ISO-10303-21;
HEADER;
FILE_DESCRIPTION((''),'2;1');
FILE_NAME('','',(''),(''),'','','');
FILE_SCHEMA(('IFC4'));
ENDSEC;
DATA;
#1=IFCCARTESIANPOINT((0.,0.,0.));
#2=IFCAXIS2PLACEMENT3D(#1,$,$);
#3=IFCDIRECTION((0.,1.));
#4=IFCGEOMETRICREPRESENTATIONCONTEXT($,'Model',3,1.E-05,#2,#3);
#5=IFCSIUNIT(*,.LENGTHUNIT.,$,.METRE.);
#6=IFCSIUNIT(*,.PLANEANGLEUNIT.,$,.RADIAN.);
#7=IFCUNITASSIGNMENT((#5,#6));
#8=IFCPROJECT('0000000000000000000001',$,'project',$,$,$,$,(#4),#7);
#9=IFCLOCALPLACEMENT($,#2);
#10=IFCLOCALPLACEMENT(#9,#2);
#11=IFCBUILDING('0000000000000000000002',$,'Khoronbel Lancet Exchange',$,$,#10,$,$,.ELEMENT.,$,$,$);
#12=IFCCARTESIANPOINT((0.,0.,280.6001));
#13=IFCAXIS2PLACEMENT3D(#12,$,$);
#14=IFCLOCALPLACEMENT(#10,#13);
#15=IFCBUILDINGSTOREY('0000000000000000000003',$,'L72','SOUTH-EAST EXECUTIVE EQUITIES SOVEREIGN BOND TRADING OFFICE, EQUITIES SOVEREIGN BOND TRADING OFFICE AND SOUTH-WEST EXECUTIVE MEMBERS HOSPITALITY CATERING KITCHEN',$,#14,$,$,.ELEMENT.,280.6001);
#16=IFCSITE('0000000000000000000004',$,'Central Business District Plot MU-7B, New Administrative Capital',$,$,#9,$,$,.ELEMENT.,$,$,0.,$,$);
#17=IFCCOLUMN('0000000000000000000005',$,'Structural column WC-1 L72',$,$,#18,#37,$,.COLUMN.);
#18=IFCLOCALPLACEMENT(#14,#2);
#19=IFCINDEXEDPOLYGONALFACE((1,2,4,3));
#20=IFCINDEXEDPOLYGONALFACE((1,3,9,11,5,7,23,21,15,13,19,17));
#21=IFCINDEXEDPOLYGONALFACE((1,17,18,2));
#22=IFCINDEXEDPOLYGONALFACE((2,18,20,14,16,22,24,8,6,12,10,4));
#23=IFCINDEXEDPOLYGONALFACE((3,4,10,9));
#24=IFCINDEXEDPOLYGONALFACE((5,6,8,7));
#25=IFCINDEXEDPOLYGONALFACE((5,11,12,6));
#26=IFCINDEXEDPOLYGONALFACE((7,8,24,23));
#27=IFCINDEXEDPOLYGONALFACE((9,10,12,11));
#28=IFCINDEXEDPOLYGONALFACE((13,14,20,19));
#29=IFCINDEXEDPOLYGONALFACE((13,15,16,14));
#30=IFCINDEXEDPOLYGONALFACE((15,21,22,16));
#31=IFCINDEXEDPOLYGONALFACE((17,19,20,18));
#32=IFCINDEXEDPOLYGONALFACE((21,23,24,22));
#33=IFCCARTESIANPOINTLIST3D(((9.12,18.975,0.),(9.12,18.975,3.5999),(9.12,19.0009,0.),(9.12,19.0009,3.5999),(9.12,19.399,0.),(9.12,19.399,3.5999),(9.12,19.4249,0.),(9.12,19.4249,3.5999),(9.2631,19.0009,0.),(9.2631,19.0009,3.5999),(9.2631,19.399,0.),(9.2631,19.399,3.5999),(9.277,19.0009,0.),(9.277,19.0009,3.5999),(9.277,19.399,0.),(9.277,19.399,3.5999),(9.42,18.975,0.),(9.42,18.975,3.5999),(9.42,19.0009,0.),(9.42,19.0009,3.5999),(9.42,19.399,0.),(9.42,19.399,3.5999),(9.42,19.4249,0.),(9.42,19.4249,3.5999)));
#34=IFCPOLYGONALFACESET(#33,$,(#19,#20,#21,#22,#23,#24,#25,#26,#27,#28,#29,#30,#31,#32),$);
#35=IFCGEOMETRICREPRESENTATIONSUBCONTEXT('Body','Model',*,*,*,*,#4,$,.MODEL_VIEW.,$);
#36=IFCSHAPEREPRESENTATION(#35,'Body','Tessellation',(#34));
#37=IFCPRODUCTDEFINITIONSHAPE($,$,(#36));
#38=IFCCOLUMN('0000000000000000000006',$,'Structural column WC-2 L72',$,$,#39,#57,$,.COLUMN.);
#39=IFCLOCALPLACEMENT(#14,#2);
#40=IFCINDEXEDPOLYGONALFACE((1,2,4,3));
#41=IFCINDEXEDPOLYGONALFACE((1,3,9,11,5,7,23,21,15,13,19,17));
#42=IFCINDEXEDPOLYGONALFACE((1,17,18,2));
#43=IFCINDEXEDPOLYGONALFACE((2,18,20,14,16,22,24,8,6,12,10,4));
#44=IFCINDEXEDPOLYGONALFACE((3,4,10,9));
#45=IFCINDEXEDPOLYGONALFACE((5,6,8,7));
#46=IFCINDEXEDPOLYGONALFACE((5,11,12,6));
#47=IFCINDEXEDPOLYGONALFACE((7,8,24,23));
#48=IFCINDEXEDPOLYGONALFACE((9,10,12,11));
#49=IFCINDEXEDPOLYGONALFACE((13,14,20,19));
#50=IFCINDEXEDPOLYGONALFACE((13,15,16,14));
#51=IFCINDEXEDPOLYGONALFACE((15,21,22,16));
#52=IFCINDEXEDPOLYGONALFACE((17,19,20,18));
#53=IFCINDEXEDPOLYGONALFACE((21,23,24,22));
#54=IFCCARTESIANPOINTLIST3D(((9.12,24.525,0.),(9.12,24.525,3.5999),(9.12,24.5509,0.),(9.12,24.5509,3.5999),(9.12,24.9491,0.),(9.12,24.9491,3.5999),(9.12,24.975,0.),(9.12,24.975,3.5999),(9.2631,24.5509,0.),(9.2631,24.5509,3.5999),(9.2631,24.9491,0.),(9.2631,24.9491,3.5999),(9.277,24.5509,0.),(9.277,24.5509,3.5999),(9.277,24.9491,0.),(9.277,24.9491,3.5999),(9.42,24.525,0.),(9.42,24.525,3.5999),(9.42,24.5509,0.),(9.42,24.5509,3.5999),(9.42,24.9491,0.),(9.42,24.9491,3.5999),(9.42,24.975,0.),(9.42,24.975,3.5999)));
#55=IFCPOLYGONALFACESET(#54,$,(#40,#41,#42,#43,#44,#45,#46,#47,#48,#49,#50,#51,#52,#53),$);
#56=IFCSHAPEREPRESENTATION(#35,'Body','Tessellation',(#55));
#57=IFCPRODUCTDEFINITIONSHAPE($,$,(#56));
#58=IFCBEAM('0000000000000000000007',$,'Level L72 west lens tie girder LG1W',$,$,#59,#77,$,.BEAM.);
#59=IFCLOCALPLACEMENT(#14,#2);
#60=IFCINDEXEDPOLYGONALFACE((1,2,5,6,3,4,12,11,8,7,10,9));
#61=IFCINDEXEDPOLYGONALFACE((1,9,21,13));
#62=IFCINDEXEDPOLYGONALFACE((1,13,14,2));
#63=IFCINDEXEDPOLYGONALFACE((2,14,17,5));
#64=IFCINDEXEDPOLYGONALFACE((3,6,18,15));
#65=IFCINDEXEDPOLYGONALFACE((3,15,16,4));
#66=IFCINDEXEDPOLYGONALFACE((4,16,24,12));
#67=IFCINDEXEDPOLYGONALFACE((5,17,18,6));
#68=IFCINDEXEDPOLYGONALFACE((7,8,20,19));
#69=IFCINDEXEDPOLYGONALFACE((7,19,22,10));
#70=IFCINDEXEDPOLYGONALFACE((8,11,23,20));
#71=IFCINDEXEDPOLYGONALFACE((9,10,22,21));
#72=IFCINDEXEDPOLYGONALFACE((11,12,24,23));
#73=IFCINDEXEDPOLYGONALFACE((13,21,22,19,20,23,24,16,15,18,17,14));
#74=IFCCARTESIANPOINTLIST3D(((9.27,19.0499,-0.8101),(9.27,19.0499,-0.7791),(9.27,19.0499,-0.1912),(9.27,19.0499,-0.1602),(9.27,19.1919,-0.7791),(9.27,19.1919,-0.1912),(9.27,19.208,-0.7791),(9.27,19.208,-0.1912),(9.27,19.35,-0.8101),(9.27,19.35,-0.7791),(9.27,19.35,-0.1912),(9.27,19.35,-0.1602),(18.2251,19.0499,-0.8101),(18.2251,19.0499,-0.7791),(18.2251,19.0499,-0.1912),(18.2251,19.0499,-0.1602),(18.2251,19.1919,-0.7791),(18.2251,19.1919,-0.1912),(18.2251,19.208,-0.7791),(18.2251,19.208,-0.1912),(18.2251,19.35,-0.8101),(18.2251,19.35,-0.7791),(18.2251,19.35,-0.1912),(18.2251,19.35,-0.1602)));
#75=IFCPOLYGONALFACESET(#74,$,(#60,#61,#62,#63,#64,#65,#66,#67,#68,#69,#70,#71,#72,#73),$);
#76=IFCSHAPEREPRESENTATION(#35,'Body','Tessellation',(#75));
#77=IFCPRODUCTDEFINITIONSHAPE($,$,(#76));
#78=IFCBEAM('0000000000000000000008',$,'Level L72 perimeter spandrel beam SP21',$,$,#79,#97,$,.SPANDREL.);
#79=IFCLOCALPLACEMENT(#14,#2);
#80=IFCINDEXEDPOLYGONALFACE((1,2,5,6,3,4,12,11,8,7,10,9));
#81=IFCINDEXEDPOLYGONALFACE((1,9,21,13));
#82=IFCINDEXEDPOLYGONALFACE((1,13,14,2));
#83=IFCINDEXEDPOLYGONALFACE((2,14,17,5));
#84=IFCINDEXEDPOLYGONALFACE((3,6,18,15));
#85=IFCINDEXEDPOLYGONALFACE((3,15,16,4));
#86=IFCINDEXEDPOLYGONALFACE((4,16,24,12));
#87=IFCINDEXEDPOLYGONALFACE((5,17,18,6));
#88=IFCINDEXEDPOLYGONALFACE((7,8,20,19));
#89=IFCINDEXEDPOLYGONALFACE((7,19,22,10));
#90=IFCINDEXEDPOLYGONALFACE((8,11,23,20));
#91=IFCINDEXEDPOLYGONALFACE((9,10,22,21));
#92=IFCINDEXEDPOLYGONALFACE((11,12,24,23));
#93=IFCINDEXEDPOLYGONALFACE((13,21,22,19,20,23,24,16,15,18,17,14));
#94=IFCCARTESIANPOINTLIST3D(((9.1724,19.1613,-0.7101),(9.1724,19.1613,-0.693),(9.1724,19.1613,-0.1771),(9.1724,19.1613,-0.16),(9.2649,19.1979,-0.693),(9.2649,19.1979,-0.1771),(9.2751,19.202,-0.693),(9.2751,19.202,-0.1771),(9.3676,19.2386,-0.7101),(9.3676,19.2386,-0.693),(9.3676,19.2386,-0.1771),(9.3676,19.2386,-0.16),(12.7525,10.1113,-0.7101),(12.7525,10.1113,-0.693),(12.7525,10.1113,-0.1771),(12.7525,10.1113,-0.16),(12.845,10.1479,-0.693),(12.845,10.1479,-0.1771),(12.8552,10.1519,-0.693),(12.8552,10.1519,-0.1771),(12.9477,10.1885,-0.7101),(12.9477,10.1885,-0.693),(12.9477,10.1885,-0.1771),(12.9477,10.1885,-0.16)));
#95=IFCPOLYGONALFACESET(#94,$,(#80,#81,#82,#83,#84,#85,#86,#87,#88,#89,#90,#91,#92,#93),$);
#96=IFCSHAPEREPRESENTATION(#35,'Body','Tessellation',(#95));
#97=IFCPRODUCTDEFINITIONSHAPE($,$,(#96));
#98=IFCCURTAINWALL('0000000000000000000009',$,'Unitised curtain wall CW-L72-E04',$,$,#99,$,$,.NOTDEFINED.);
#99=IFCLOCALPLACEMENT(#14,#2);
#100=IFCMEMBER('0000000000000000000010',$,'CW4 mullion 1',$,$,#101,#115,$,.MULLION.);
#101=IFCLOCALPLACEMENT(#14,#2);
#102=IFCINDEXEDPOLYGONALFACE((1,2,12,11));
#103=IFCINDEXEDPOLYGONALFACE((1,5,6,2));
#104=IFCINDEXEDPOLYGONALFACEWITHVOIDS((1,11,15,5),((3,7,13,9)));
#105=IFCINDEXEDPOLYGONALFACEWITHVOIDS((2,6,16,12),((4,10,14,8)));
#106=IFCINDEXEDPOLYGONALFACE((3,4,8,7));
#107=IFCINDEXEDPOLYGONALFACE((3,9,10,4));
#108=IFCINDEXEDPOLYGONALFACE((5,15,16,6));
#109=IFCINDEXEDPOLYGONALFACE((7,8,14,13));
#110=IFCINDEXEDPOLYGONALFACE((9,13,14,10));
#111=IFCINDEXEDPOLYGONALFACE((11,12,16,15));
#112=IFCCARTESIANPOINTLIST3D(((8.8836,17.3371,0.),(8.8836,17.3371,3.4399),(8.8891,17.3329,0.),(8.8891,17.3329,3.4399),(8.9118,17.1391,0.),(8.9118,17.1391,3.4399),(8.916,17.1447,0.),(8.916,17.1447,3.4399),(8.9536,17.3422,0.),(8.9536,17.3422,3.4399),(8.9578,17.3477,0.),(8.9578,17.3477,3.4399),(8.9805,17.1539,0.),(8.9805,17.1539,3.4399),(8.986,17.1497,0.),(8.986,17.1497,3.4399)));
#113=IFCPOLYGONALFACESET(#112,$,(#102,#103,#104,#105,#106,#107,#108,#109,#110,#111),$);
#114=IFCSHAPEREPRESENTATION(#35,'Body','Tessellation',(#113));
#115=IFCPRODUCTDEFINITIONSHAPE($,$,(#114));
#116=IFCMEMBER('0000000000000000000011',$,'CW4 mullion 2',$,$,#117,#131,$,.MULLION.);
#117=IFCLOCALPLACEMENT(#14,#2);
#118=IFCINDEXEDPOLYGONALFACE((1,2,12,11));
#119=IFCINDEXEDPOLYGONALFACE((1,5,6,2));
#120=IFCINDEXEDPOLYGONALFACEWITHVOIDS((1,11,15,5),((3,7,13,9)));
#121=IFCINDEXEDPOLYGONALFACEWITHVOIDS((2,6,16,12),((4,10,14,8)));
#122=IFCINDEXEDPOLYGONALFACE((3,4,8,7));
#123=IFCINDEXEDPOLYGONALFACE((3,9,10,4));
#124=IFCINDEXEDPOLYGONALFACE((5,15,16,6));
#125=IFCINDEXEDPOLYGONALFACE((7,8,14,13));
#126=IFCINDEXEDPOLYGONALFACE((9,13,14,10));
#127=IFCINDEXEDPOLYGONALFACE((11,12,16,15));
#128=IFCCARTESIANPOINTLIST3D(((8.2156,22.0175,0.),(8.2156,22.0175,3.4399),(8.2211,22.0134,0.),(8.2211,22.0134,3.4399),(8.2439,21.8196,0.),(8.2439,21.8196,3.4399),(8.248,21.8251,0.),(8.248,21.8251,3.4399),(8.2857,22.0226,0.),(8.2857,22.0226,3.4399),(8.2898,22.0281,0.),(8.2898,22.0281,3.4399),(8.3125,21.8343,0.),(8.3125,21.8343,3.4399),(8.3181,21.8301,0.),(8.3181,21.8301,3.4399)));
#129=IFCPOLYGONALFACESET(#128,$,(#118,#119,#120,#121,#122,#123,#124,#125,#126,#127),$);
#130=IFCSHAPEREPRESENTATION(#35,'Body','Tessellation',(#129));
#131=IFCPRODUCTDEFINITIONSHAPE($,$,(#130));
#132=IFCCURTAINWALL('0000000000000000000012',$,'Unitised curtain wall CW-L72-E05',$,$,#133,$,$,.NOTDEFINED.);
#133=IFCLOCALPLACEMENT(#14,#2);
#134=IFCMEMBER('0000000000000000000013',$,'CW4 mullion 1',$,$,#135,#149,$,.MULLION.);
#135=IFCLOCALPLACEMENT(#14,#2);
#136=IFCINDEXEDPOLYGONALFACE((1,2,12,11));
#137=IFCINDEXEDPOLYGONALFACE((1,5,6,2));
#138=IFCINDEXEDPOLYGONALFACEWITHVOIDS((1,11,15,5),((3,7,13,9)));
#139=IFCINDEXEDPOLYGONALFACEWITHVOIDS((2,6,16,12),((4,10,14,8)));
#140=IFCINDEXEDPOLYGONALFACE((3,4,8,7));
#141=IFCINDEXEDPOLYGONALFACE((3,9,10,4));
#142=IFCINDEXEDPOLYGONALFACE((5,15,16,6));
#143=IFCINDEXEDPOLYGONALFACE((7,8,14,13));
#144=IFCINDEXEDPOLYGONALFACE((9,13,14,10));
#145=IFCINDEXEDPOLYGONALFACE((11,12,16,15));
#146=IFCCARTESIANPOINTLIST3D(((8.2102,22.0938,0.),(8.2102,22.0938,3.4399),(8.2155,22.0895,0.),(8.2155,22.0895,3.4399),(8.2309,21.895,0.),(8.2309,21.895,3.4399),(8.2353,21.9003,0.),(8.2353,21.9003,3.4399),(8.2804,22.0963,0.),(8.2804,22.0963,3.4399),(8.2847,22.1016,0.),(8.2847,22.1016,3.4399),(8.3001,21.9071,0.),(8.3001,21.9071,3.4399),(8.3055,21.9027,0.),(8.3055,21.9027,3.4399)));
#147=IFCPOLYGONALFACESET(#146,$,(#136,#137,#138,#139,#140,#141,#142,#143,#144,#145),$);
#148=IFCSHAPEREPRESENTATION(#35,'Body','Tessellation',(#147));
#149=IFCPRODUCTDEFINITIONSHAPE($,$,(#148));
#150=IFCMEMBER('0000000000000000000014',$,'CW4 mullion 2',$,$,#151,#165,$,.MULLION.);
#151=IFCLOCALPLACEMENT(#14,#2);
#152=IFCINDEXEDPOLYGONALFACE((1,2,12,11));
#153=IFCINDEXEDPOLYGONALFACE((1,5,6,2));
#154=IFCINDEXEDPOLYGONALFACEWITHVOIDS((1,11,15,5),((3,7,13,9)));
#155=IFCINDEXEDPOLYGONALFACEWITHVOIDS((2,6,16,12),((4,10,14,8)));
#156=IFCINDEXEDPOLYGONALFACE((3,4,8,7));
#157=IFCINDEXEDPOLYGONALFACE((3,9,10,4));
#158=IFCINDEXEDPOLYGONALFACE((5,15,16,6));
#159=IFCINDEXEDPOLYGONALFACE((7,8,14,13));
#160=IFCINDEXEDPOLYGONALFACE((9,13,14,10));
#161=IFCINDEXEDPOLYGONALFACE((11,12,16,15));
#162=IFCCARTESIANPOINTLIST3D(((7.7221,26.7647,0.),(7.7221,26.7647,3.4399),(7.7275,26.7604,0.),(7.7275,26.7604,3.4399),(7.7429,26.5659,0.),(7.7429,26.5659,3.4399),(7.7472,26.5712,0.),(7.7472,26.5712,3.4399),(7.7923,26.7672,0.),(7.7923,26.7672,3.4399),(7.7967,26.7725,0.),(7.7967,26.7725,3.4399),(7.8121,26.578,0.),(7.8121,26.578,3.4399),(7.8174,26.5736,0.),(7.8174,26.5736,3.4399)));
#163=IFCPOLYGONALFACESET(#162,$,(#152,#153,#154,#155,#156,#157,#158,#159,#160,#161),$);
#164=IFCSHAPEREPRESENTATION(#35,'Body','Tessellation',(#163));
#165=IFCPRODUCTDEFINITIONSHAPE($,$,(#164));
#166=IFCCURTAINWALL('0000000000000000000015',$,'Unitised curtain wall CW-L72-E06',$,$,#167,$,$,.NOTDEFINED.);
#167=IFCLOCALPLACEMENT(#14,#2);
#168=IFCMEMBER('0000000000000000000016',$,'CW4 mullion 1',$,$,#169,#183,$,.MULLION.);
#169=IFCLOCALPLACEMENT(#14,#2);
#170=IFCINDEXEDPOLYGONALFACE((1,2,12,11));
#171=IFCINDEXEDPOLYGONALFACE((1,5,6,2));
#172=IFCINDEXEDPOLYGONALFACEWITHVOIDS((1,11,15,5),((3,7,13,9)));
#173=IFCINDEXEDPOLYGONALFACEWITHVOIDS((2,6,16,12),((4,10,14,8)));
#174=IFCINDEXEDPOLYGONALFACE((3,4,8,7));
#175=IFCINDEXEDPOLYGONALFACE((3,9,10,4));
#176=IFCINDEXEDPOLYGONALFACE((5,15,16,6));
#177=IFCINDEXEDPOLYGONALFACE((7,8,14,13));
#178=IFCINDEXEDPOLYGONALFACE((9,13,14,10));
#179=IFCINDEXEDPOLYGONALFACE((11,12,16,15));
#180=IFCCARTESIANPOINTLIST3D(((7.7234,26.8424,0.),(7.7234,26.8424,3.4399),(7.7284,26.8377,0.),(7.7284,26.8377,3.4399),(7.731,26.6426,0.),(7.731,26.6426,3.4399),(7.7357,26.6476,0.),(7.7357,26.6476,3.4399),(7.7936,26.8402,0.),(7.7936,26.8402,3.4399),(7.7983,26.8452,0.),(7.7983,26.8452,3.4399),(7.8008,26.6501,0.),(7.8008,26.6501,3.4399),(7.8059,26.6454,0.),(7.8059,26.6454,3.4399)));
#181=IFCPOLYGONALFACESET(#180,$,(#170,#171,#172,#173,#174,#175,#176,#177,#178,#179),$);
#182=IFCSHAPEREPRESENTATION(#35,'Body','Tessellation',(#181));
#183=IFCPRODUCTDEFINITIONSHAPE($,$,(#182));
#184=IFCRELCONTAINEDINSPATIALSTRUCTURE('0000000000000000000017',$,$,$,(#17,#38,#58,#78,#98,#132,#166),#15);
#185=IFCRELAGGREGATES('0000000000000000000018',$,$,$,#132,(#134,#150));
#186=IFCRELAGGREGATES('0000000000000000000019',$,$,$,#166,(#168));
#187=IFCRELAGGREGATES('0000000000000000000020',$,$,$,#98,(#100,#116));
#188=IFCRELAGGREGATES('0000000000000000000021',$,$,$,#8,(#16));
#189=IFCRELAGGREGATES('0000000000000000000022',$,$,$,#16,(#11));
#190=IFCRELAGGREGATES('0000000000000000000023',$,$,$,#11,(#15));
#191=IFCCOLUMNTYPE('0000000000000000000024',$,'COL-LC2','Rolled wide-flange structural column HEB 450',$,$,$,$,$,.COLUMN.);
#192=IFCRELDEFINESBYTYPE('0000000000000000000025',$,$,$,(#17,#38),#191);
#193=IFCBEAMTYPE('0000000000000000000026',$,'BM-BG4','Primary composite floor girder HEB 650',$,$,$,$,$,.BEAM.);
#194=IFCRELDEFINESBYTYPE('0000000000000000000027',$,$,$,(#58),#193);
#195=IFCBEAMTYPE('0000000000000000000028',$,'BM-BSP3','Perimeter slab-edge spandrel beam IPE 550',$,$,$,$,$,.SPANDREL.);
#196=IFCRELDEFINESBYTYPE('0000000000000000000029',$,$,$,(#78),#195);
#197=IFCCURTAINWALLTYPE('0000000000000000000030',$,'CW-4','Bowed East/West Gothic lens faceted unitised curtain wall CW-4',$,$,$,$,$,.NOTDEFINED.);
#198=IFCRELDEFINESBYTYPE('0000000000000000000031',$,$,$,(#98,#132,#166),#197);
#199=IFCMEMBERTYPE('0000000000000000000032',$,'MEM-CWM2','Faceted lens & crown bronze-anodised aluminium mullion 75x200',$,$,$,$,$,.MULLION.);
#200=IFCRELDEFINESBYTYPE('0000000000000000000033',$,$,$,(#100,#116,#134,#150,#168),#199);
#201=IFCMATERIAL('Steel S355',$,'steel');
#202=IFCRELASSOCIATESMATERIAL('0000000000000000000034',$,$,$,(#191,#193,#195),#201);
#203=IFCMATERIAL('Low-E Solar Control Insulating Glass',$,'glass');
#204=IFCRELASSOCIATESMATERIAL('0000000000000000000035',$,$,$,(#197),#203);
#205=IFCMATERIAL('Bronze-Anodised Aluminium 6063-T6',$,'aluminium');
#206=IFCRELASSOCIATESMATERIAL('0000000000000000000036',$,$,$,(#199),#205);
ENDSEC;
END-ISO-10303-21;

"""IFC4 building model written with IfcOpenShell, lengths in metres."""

from ifc_helpers import new_model, si_unit, direction, frame, origin, origin_2d, place, context, subcontext, project, spatial, hollow_rectangle, i_section, extrude, material, material_profile, profile_set, type_object, element, aggregate, save


model = new_model("IFC4")

# Units and contexts
model_context = context("Model", 3, precision=1e-05, world=origin(), true_north=direction((0.0, 1.0)))
body_context = subcontext(model_context, "Body", "Model", "MODEL_VIEW")
ifc_project = project(units=[si_unit("LENGTHUNIT", "METRE"), si_unit("PLANEANGLEUNIT", "RADIAN")], contexts=[model_context])

# Site, building, storey
site_placement = place(None, origin())
site = spatial("IfcSite", under=ifc_project, at=site_placement, Name="Central Business District Plot MU-7B, New Administrative Capital", CompositionType="ELEMENT", RefElevation=0.0)
building_placement = place(site_placement, origin())
building = spatial("IfcBuilding", under=site, at=building_placement, Name="Khoronbel Lancet Exchange", CompositionType="ELEMENT")
storey_placement = place(building_placement, frame((0.0, 0.0, 280.6001)))
storey = spatial("IfcBuildingStorey", under=building, at=storey_placement, Name="L72", Description="SOUTH-EAST EXECUTIVE EQUITIES SOVEREIGN BOND TRADING OFFICE, EQUITIES SOVEREIGN BOND TRADING OFFICE AND SOUTH-WEST EXECUTIVE MEMBERS HOSPITALITY CATERING KITCHEN", CompositionType="ELEMENT", Elevation=280.6001)

# Columns
ifc_material_1 = material(Name="Steel S355", Category="steel")
ifc_material_profile_1 = material_profile(ifc_material_1, i_section(OverallWidth=0.3, OverallDepth=0.45, WebThickness=0.0139, FlangeThickness=0.0259, at=origin_2d()), Name="HEB 450")
ifc_profile_set_1 = profile_set([ifc_material_profile_1], Name="Steel S355")
column_type = type_object("IfcColumnType", Name="COL-LC2", Description="Rolled wide-flange structural column HEB 450", PredefinedType="COLUMN", material=ifc_profile_set_1)
for number, where, z_axis, x_axis, name in (
    (1, (9.27, 19.2, 0.0), (0.0, 0.0, 1.0), (1.0, 0.0, 0.0), "Structural column WC-1 L72"),
    (2, (9.27, 24.75, 0.0), (0.0, 0.0, 1.0), (1.0, 0.0, 0.0), "Structural column WC-2 L72"),
):
    element("IfcColumn", number, at=place(storey_placement, frame(where, z_axis=z_axis, x_axis=x_axis)), inside=storey, type_object=column_type, Name=name, PredefinedType="COLUMN", context=body_context, shape_type="SweptSolid", body=[
        extrude(i_section(OverallWidth=0.3, OverallDepth=0.45, WebThickness=0.0139, FlangeThickness=0.0259, at=origin_2d()), origin(), (0.0, 0.0, 1.0), 3.5999),
    ])

# Beams
ifc_material_profile_2 = material_profile(ifc_material_1, i_section(OverallWidth=0.3, OverallDepth=0.6499, WebThickness=0.0161, FlangeThickness=0.031, at=origin_2d()), Name="HEB 650")
ifc_profile_set_2 = profile_set([ifc_material_profile_2], Name="Steel S355")
beam_type_1 = type_object("IfcBeamType", Name="BM-BG4", Description="Primary composite floor girder HEB 650", PredefinedType="BEAM", material=ifc_profile_set_2)
beam_1_placement = place(storey_placement, frame((9.27, 19.2, -0.4851), z_axis=(1.0, 0.0, 0.0), x_axis=(0.0, 1.0, 0.0)))
element("IfcBeam", 3, at=beam_1_placement, inside=storey, type_object=beam_type_1, Name="Level L72 west lens tie girder LG1W", PredefinedType="BEAM", context=body_context, shape_type="SweptSolid", body=[
    extrude(i_section(OverallWidth=0.3, OverallDepth=0.6499, WebThickness=0.0161, FlangeThickness=0.031, at=origin_2d()), origin(), (0.0, 0.0, 1.0), 8.9551),
])
ifc_material_profile_3 = material_profile(ifc_material_1, i_section(OverallWidth=0.21, OverallDepth=0.55, WebThickness=0.011, FlangeThickness=0.0171, at=origin_2d()), Name="IPE 550")
ifc_profile_set_3 = profile_set([ifc_material_profile_3], Name="Steel S355")
beam_type_2 = type_object("IfcBeamType", Name="BM-BSP3", Description="Perimeter slab-edge spandrel beam IPE 550", PredefinedType="SPANDREL", material=ifc_profile_set_3)
beam_2_placement = place(storey_placement, frame((9.27, 19.2, -0.4351), z_axis=(0.36785, -0.929885, 0.0), x_axis=(0.929885, 0.36785, 0.0)))
element("IfcBeam", 4, at=beam_2_placement, inside=storey, type_object=beam_type_2, Name="Level L72 perimeter spandrel beam SP21", PredefinedType="SPANDREL", context=body_context, shape_type="SweptSolid", body=[
    extrude(i_section(OverallWidth=0.21, OverallDepth=0.55, WebThickness=0.011, FlangeThickness=0.0171, at=origin_2d()), origin(), (0.0, 0.0, 1.0), 9.7324),
])

# Curtain walls, members
ifc_material_2 = material(Name="Low-E Solar Control Insulating Glass", Category="glass")
curtain_wall_type = type_object("IfcCurtainWallType", Name="CW-4", Description="Bowed East/West Gothic lens faceted unitised curtain wall CW-4", PredefinedType="NOTDEFINED", material=ifc_material_2)
curtain_wall_1_placement = place(storey_placement, origin())
curtain_wall_1 = element("IfcCurtainWall", 5, at=curtain_wall_1_placement, inside=storey, type_object=curtain_wall_type, Name="Unitised curtain wall CW-L72-E04", PredefinedType="NOTDEFINED")
ifc_material_3 = material(Name="Bronze-Anodised Aluminium 6063-T6", Category="aluminium")
ifc_material_profile_4 = material_profile(ifc_material_3, hollow_rectangle(XDim=0.075, YDim=0.2, WallThickness=0.0049, at=origin_2d()), Name="ALU MULLION 75x200")
ifc_profile_set_4 = profile_set([ifc_material_profile_4], Name="Bronze-Anodised Aluminium 6063-T6")
member_type_1 = type_object("IfcMemberType", Name="MEM-CWM2", Description="Faceted lens & crown bronze-anodised aluminium mullion 75x200", PredefinedType="MULLION", material=ifc_profile_set_4)
member_1_placement = place(storey_placement, frame((8.9348, 17.2434, 0.0), z_axis=(0.0, 0.0, 1.0), x_axis=(-0.989974, -0.141252, 0.0)))
member_1 = element("IfcMember", 6, at=member_1_placement, type_object=member_type_1, Name="CW4 mullion 1", PredefinedType="MULLION", context=body_context, shape_type="SweptSolid", body=[
    extrude(hollow_rectangle(XDim=0.075, YDim=0.2, WallThickness=0.0049, at=origin_2d()), origin(), (0.0, 0.0, 1.0), 3.4399),
])
member_2_placement = place(storey_placement, frame((8.2668, 21.9238, 0.0), z_axis=(0.0, 0.0, 1.0), x_axis=(-0.989974, -0.141252, 0.0)))
member_2 = element("IfcMember", 7, at=member_2_placement, type_object=member_type_1, Name="CW4 mullion 2", PredefinedType="MULLION", context=body_context, shape_type="SweptSolid", body=[
    extrude(hollow_rectangle(XDim=0.075, YDim=0.2, WallThickness=0.0049, at=origin_2d()), origin(), (0.0, 0.0, 1.0), 3.4399),
])
curtain_wall_2_placement = place(storey_placement, origin())
curtain_wall_2 = element("IfcCurtainWall", 8, at=curtain_wall_2_placement, inside=storey, type_object=curtain_wall_type, Name="Unitised curtain wall CW-L72-E05", PredefinedType="NOTDEFINED")
member_3_placement = place(storey_placement, frame((8.2578, 21.9983, 0.0), z_axis=(0.0, 0.0, 1.0), x_axis=(-0.994591, -0.103873, 0.0)))
member_3 = element("IfcMember", 9, at=member_3_placement, type_object=member_type_1, Name="CW4 mullion 1", PredefinedType="MULLION", context=body_context, shape_type="SweptSolid", body=[
    extrude(hollow_rectangle(XDim=0.075, YDim=0.2, WallThickness=0.0049, at=origin_2d()), origin(), (0.0, 0.0, 1.0), 3.4399),
])
member_4_placement = place(storey_placement, frame((7.7698, 26.6692, 0.0), z_axis=(0.0, 0.0, 1.0), x_axis=(-0.994591, -0.103873, 0.0)))
member_4 = element("IfcMember", 10, at=member_4_placement, type_object=member_type_1, Name="CW4 mullion 2", PredefinedType="MULLION", context=body_context, shape_type="SweptSolid", body=[
    extrude(hollow_rectangle(XDim=0.075, YDim=0.2, WallThickness=0.0049, at=origin_2d()), origin(), (0.0, 0.0, 1.0), 3.4399),
])
curtain_wall_3_placement = place(storey_placement, origin())
curtain_wall_3 = element("IfcCurtainWall", 11, at=curtain_wall_3_placement, inside=storey, type_object=curtain_wall_type, Name="Unitised curtain wall CW-L72-E06", PredefinedType="NOTDEFINED")
member_5_placement = place(storey_placement, frame((7.7646, 26.7439, 0.0), z_axis=(0.0, 0.0, 1.0), x_axis=(-0.99927, -0.038192, 0.0)))
member_5 = element("IfcMember", 12, at=member_5_placement, type_object=member_type_1, Name="CW4 mullion 1", PredefinedType="MULLION", context=body_context, shape_type="SweptSolid", body=[
    extrude(hollow_rectangle(XDim=0.075, YDim=0.2, WallThickness=0.0049, at=origin_2d()), origin(), (0.0, 0.0, 1.0), 3.4399),
])

aggregate(curtain_wall_2, [member_3, member_4])
aggregate(curtain_wall_3, [member_5])
aggregate(curtain_wall_1, [member_1, member_2])

save(model, "model.ifc")
